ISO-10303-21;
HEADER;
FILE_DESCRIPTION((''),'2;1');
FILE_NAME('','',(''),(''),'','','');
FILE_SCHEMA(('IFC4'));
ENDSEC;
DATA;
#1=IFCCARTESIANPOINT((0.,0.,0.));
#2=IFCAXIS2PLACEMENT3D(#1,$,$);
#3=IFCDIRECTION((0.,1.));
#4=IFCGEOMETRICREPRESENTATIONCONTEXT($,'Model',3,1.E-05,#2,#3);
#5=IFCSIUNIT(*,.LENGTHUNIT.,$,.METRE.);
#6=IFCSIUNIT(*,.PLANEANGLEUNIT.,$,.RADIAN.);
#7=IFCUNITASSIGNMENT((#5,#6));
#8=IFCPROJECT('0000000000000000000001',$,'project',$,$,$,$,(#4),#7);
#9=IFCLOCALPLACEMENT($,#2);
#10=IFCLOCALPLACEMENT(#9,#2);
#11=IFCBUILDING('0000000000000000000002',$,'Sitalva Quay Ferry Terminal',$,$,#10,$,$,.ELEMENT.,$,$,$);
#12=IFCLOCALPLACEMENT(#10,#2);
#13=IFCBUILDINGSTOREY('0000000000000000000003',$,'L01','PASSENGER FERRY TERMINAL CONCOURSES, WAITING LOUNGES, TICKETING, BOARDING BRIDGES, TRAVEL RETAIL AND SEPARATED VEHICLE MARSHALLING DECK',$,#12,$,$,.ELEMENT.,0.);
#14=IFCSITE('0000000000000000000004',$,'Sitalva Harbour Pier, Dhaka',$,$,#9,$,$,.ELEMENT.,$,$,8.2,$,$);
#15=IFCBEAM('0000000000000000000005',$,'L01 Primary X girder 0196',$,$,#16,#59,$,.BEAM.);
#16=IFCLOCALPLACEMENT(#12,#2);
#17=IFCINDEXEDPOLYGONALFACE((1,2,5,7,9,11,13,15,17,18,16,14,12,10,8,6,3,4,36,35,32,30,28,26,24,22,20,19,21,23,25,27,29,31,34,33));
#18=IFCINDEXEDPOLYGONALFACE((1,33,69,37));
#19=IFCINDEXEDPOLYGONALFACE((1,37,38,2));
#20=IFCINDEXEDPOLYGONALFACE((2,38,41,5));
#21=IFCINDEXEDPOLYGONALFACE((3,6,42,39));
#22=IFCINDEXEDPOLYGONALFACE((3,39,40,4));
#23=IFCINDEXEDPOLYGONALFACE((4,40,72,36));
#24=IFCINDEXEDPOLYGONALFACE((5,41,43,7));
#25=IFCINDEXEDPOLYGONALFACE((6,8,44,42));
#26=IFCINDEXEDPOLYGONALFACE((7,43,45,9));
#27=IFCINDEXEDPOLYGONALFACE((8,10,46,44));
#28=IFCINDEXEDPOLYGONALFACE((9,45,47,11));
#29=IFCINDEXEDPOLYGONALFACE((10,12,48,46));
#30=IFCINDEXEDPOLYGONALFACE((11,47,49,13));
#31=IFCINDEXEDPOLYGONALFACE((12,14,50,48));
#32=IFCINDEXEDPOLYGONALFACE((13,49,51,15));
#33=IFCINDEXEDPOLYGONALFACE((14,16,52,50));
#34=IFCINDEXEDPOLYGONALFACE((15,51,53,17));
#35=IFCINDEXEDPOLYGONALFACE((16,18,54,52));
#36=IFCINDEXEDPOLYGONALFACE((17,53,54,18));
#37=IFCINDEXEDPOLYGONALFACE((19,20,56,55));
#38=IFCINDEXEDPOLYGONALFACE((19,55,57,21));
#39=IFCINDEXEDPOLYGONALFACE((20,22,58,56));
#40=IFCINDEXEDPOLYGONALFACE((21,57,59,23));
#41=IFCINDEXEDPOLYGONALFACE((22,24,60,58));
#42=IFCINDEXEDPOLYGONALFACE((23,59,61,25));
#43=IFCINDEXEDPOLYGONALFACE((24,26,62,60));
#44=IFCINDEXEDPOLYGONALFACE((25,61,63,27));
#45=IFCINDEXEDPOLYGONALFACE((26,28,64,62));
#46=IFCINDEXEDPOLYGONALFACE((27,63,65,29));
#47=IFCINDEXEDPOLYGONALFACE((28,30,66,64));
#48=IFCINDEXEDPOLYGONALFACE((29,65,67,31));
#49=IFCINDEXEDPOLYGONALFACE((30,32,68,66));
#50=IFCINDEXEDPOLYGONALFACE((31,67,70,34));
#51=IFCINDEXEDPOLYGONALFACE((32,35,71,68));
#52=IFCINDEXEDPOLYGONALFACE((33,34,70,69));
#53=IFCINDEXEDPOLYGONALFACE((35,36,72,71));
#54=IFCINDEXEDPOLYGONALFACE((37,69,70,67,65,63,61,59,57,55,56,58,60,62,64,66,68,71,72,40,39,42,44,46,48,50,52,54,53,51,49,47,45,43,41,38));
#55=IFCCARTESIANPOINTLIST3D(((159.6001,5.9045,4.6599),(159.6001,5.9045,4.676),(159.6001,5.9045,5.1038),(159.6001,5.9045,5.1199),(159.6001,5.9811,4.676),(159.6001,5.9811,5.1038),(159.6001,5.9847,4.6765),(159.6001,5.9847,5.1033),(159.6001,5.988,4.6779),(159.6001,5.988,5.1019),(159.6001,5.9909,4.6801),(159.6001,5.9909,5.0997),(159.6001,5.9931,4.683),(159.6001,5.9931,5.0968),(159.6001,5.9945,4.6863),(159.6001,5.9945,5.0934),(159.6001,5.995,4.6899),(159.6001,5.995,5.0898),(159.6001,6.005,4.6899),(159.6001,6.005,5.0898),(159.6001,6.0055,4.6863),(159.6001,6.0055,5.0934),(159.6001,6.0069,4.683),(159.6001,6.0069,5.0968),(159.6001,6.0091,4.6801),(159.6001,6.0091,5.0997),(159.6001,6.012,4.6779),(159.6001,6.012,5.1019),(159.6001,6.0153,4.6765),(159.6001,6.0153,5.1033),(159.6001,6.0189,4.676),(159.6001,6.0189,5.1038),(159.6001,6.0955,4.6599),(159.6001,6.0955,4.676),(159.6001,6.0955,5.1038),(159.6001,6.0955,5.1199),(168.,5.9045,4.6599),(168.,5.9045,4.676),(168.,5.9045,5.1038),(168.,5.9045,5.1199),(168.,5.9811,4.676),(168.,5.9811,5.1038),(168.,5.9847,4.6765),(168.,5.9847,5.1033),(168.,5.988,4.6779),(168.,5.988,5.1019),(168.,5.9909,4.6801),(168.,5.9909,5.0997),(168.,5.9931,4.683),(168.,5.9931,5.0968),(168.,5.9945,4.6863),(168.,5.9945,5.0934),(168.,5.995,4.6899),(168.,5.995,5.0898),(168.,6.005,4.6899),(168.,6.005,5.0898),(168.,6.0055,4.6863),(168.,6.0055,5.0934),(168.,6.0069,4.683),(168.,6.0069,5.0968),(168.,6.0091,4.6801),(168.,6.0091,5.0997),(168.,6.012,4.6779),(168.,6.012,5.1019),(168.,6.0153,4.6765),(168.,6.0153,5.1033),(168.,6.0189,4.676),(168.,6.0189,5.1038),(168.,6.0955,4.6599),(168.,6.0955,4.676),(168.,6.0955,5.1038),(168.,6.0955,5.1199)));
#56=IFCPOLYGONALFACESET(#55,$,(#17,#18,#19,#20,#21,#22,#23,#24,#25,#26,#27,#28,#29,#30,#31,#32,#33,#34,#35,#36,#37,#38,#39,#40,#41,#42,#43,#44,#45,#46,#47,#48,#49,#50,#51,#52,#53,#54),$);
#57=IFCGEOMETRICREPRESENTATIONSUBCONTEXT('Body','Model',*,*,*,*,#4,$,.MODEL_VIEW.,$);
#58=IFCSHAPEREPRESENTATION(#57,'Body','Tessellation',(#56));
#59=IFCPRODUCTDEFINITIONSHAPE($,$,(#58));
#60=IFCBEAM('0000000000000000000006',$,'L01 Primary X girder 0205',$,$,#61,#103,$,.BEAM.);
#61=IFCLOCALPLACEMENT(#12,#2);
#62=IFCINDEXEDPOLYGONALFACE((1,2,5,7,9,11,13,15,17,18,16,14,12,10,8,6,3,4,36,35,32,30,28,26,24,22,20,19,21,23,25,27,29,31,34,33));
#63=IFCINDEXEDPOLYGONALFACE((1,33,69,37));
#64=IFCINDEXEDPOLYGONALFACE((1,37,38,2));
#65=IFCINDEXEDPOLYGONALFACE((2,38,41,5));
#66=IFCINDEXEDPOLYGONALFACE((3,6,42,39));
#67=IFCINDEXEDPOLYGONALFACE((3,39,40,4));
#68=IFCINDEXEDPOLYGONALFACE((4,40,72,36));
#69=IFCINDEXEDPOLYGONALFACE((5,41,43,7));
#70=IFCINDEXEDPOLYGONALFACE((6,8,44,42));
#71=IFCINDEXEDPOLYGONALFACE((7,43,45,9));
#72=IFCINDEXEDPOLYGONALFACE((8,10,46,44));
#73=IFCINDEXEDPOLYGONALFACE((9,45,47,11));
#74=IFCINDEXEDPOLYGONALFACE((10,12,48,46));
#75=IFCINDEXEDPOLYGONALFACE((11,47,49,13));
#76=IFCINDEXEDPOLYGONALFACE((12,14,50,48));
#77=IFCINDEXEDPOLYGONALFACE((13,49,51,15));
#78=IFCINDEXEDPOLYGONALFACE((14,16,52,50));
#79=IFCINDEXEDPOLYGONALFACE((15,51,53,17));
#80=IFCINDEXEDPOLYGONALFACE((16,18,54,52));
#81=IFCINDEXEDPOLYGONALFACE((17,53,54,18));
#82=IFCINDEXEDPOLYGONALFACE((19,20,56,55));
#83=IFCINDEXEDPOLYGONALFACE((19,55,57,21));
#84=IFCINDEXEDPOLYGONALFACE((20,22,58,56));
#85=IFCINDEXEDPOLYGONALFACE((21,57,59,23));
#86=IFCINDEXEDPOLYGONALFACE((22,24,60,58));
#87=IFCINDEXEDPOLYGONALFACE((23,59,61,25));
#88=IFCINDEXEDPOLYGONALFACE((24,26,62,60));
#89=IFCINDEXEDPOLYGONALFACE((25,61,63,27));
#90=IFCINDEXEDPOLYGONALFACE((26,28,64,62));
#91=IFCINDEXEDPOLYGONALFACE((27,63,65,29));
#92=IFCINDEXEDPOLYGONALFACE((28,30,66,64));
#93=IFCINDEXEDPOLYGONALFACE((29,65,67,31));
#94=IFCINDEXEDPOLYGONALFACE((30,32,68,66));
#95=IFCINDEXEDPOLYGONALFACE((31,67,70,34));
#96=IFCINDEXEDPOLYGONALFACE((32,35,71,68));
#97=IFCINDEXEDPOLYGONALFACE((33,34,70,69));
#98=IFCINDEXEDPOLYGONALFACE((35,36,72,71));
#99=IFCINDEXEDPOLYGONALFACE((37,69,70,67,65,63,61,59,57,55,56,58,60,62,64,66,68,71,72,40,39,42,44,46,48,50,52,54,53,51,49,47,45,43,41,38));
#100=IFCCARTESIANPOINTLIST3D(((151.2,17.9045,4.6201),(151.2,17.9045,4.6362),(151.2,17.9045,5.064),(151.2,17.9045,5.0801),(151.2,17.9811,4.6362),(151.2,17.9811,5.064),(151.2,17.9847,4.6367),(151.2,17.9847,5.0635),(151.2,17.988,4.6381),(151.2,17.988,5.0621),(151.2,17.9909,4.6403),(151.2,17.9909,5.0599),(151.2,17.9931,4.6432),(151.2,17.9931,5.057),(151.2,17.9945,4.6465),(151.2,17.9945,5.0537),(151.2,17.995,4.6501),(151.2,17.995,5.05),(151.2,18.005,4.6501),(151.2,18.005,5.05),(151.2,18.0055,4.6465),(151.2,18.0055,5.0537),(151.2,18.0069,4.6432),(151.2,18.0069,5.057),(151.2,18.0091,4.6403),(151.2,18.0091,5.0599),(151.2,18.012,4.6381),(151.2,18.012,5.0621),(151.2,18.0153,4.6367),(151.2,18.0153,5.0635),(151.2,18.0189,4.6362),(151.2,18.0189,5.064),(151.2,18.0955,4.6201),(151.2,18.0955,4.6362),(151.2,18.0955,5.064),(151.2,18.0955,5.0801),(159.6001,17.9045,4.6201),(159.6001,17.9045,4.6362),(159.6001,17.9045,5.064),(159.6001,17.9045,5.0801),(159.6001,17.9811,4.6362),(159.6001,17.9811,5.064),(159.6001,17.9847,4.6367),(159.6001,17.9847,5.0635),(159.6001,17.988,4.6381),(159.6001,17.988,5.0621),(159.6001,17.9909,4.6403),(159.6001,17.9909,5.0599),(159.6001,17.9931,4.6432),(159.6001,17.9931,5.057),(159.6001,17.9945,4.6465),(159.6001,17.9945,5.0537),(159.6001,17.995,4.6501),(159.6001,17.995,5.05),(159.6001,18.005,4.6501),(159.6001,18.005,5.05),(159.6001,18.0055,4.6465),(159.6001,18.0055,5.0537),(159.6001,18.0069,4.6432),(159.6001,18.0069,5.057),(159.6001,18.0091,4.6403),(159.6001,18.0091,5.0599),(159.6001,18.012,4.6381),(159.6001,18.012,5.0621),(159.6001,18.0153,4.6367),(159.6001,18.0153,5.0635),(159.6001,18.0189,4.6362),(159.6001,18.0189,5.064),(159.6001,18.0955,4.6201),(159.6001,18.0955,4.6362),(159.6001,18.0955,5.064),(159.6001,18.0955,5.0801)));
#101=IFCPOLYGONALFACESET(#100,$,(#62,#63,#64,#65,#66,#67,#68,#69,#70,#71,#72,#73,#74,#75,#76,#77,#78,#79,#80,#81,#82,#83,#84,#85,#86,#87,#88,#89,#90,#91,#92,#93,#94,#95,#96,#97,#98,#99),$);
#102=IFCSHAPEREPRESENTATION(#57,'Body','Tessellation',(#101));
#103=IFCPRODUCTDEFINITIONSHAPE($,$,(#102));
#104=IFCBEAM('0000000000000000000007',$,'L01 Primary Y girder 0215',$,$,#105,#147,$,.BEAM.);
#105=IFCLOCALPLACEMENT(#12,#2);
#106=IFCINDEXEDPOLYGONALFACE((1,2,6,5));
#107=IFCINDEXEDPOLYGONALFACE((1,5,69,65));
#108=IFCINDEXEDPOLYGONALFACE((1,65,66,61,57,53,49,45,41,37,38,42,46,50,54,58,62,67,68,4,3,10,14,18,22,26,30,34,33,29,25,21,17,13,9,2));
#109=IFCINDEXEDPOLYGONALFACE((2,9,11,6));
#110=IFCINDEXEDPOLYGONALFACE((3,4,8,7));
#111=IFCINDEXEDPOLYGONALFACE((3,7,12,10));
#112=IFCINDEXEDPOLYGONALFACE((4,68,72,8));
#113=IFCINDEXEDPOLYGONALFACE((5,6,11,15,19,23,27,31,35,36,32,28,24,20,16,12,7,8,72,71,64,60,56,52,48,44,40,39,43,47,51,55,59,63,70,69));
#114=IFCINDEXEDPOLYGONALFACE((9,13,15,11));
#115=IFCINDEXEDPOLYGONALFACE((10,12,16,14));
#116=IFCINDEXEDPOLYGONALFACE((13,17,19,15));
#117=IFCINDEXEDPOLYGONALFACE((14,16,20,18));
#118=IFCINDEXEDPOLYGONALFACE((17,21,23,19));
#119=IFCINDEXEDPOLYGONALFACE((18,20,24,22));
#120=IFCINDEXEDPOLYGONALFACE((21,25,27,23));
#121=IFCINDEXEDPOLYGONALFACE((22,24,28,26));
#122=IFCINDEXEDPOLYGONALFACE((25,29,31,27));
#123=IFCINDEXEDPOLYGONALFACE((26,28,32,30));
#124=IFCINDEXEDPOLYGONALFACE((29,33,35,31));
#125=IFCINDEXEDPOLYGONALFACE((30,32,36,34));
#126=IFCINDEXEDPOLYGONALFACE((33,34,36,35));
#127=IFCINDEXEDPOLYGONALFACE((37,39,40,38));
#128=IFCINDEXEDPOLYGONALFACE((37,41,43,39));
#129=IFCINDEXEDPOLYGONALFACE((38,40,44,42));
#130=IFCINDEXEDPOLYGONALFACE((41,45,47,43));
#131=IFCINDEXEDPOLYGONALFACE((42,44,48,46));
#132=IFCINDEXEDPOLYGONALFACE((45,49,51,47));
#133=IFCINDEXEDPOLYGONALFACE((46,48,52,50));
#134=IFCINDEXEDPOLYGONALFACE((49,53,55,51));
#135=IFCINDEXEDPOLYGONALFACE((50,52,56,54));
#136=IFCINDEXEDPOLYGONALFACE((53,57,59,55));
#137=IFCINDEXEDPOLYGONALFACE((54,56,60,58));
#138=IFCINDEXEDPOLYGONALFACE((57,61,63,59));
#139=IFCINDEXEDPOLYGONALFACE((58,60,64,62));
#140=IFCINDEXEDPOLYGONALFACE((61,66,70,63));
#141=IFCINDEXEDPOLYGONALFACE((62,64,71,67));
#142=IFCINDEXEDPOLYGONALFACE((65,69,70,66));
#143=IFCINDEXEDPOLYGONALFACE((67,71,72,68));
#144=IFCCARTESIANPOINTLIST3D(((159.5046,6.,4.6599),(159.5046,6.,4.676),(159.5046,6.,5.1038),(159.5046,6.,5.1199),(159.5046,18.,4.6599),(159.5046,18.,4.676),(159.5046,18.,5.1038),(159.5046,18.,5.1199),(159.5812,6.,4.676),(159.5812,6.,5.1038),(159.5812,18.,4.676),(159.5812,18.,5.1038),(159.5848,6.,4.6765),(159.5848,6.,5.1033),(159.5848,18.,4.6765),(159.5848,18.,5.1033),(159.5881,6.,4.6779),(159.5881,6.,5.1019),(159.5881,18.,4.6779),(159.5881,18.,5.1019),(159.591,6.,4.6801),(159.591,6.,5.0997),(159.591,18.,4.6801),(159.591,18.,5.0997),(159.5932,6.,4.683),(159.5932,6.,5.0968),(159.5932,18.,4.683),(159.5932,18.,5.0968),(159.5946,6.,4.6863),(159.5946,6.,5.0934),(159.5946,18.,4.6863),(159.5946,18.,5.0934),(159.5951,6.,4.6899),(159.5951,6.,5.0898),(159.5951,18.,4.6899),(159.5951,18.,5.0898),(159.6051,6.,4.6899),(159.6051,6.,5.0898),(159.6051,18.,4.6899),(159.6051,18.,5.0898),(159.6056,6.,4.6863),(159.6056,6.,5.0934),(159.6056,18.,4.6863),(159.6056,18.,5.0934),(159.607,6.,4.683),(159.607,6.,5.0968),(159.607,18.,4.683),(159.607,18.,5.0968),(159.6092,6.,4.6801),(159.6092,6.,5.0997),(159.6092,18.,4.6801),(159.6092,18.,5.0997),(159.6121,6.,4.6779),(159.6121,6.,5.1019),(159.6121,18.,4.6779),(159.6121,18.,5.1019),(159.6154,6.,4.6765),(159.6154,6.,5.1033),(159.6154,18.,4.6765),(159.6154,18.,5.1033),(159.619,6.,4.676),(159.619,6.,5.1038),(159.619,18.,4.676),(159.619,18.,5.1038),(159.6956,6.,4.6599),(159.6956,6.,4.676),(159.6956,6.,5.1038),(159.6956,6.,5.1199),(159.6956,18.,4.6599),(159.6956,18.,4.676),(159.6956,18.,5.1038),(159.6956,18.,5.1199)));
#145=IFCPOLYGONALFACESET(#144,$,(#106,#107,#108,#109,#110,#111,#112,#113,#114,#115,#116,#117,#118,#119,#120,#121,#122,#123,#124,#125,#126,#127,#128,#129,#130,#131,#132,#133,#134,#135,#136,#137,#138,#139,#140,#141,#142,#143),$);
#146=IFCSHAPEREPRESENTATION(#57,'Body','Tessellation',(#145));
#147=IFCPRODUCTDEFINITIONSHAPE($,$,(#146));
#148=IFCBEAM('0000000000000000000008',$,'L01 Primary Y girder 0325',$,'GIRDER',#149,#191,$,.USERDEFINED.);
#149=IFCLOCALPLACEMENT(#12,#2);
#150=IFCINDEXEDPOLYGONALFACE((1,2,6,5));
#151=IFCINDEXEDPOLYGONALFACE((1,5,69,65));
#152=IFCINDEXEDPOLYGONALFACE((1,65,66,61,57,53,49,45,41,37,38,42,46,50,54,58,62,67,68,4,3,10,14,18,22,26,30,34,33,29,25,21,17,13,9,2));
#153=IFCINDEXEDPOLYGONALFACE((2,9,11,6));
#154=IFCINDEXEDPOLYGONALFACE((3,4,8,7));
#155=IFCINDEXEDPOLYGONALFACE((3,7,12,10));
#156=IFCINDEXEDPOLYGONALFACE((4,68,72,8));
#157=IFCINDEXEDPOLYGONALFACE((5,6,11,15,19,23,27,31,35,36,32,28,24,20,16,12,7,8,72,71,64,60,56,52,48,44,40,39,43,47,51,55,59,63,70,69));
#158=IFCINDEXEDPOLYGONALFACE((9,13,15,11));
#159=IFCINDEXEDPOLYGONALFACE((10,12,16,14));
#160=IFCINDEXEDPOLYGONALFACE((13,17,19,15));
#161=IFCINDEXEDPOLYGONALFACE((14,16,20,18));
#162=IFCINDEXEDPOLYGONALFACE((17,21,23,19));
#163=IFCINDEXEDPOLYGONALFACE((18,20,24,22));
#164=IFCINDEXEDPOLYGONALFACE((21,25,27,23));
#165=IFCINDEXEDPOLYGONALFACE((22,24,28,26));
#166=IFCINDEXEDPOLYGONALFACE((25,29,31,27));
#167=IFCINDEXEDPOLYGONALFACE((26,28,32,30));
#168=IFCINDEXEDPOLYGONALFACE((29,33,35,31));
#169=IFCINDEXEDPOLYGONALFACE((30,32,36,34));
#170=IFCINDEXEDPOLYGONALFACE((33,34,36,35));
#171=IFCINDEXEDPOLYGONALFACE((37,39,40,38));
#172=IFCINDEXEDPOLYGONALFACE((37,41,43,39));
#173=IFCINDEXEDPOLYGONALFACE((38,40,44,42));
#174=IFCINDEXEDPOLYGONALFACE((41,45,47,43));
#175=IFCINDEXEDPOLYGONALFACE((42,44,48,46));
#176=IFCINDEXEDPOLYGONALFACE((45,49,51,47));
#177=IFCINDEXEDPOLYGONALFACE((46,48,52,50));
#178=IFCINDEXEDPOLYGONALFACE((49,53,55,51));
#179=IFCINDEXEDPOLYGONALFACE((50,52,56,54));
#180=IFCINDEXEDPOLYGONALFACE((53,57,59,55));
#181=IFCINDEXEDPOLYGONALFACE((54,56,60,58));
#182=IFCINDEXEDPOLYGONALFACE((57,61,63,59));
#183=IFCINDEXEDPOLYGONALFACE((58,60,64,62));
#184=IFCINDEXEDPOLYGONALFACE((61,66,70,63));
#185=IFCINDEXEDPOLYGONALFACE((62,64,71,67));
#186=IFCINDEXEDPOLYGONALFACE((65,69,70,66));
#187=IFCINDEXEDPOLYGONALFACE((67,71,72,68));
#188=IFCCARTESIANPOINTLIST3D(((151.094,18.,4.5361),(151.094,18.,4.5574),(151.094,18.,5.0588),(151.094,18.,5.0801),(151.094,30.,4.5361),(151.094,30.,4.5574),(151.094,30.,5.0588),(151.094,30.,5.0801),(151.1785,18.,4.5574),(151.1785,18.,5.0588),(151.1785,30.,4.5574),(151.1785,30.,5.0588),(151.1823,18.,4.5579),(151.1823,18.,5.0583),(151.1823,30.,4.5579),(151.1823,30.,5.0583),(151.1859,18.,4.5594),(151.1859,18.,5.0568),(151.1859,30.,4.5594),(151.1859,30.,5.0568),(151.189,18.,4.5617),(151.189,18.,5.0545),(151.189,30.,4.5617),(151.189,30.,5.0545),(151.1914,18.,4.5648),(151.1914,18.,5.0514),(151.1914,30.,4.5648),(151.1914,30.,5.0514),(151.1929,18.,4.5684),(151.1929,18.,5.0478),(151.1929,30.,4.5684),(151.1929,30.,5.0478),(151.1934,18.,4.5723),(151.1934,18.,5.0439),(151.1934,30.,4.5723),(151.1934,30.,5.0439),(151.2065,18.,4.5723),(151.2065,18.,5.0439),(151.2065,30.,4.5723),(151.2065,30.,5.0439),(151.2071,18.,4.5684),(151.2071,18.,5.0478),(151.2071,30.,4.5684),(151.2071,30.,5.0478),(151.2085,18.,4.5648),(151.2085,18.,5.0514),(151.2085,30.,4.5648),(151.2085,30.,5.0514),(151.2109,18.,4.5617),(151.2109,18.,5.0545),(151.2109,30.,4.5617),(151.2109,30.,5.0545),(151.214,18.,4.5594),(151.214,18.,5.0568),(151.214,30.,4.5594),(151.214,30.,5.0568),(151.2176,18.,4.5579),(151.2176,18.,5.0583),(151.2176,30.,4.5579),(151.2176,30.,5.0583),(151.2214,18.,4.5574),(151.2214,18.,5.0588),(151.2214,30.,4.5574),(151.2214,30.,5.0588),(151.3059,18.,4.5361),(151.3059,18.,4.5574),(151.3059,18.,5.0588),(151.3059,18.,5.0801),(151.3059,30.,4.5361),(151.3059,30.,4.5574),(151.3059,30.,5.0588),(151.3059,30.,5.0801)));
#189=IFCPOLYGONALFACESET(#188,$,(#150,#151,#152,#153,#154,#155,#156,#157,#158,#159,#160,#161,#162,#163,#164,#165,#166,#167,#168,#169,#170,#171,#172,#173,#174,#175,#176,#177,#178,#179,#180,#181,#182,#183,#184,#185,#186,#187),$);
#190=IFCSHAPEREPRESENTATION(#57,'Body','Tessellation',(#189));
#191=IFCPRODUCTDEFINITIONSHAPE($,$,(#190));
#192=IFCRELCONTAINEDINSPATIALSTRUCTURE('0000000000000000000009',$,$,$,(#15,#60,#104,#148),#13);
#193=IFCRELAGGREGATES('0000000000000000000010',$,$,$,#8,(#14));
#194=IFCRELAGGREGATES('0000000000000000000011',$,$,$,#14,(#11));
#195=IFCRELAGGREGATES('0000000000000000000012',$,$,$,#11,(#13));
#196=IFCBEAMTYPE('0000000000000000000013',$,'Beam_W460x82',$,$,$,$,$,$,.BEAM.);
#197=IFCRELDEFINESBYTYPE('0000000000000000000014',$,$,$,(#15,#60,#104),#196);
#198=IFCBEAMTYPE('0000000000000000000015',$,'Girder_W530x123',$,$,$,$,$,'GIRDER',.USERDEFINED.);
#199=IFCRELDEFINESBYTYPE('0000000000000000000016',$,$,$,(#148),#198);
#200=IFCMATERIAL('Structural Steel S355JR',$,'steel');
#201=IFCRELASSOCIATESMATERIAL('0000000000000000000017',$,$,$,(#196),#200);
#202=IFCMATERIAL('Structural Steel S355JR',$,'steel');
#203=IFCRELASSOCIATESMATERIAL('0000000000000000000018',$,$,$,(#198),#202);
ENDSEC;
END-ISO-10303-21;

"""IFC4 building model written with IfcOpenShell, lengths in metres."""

from ifc_helpers import new_model, si_unit, direction, frame, origin, origin_2d, place, context, subcontext, project, spatial, i_section, extrude, material, material_profile, profile_set, type_object, element, save


model = new_model("IFC4")

# Units and contexts
model_context = context("Model", 3, precision=1e-05, world=origin(), true_north=direction((0.0, 1.0)))
body_context = subcontext(model_context, "Body", "Model", "MODEL_VIEW")
ifc_project = project(units=[si_unit("LENGTHUNIT", "METRE"), si_unit("PLANEANGLEUNIT", "RADIAN")], contexts=[model_context])

# Site, building, storey
site_placement = place(None, origin())
site = spatial("IfcSite", under=ifc_project, at=site_placement, Name="Sitalva Harbour Pier, Dhaka", CompositionType="ELEMENT", RefElevation=8.2)
building_placement = place(site_placement, origin())
building = spatial("IfcBuilding", under=site, at=building_placement, Name="Sitalva Quay Ferry Terminal", CompositionType="ELEMENT")
storey_placement = place(building_placement, origin())
storey = spatial("IfcBuildingStorey", under=building, at=storey_placement, Name="L01", Description="PASSENGER FERRY TERMINAL CONCOURSES, WAITING LOUNGES, TICKETING, BOARDING BRIDGES, TRAVEL RETAIL AND SEPARATED VEHICLE MARSHALLING DECK", CompositionType="ELEMENT", Elevation=0.0)

# Beams
ifc_material_1 = material(Name="Structural Steel S355JR", Category="steel")
ifc_material_profile_1 = material_profile(ifc_material_1, i_section(OverallWidth=0.1909, OverallDepth=0.46, WebThickness=0.01, FlangeThickness=0.0161, FilletRadius=0.0139, at=origin_2d()), Name="W460x82")
ifc_profile_set_1 = profile_set([ifc_material_profile_1], Name="Structural Steel S355JR")
beam_type_1 = type_object("IfcBeamType", Name="Beam_W460x82", PredefinedType="BEAM", material=ifc_profile_set_1)
beam_1_placement = place(storey_placement, frame((159.6001, 6.0, 4.8899), z_axis=(1.0, 0.0, 0.0), x_axis=(0.0, 1.0, 0.0)))
element("IfcBeam", 1, at=beam_1_placement, inside=storey, type_object=beam_type_1, Name="L01 Primary X girder 0196", PredefinedType="BEAM", context=body_context, shape_type="SweptSolid", body=[
    extrude(i_section(OverallWidth=0.1909, OverallDepth=0.46, WebThickness=0.01, FlangeThickness=0.0161, FilletRadius=0.0139, at=origin_2d()), origin(), (0.0, 0.0, 1.0), 8.3999),
])
beam_2_placement = place(storey_placement, frame((151.2, 18.0, 4.8501), z_axis=(1.0, 0.0, 0.0), x_axis=(0.0, 1.0, 0.0)))
element("IfcBeam", 2, at=beam_2_placement, inside=storey, type_object=beam_type_1, Name="L01 Primary X girder 0205", PredefinedType="BEAM", context=body_context, shape_type="SweptSolid", body=[
    extrude(i_section(OverallWidth=0.1909, OverallDepth=0.46, WebThickness=0.01, FlangeThickness=0.0161, FilletRadius=0.0139, at=origin_2d()), origin(), (0.0, 0.0, 1.0), 8.4001),
])
beam_3_placement = place(storey_placement, frame((159.6001, 6.0, 4.8899), z_axis=(0.0, 1.0, 0.0), x_axis=(-1.0, 0.0, 0.0)))
element("IfcBeam", 3, at=beam_3_placement, inside=storey, type_object=beam_type_1, Name="L01 Primary Y girder 0215", PredefinedType="BEAM", context=body_context, shape_type="SweptSolid", body=[
    extrude(i_section(OverallWidth=0.1909, OverallDepth=0.46, WebThickness=0.01, FlangeThickness=0.0161, FilletRadius=0.0139, at=origin_2d()), origin(), (0.0, 0.0, 1.0), 12.0),
])
ifc_material_2 = material(Name="Structural Steel S355JR", Category="steel")
ifc_material_profile_2 = material_profile(ifc_material_2, i_section(OverallWidth=0.2119, OverallDepth=0.5439, WebThickness=0.0132, FlangeThickness=0.0212, FilletRadius=0.0149, at=origin_2d()), Name="W530x123")
ifc_profile_set_2 = profile_set([ifc_material_profile_2], Name="Structural Steel S355JR")
beam_type_2 = type_object("IfcBeamType", Name="Girder_W530x123", ElementType="GIRDER", PredefinedType="USERDEFINED", material=ifc_profile_set_2)
beam_4_placement = place(storey_placement, frame((151.2, 18.0, 4.8081), z_axis=(0.0, 1.0, 0.0), x_axis=(-1.0, 0.0, 0.0)))
element("IfcBeam", 4, at=beam_4_placement, inside=storey, type_object=beam_type_2, Name="L01 Primary Y girder 0325", ObjectType="GIRDER", PredefinedType="USERDEFINED", context=body_context, shape_type="SweptSolid", body=[
    extrude(i_section(OverallWidth=0.2119, OverallDepth=0.5439, WebThickness=0.0132, FlangeThickness=0.0212, FilletRadius=0.0149, at=origin_2d()), origin(), (0.0, 0.0, 1.0), 12.0),
])

save(model, "model.ifc")
